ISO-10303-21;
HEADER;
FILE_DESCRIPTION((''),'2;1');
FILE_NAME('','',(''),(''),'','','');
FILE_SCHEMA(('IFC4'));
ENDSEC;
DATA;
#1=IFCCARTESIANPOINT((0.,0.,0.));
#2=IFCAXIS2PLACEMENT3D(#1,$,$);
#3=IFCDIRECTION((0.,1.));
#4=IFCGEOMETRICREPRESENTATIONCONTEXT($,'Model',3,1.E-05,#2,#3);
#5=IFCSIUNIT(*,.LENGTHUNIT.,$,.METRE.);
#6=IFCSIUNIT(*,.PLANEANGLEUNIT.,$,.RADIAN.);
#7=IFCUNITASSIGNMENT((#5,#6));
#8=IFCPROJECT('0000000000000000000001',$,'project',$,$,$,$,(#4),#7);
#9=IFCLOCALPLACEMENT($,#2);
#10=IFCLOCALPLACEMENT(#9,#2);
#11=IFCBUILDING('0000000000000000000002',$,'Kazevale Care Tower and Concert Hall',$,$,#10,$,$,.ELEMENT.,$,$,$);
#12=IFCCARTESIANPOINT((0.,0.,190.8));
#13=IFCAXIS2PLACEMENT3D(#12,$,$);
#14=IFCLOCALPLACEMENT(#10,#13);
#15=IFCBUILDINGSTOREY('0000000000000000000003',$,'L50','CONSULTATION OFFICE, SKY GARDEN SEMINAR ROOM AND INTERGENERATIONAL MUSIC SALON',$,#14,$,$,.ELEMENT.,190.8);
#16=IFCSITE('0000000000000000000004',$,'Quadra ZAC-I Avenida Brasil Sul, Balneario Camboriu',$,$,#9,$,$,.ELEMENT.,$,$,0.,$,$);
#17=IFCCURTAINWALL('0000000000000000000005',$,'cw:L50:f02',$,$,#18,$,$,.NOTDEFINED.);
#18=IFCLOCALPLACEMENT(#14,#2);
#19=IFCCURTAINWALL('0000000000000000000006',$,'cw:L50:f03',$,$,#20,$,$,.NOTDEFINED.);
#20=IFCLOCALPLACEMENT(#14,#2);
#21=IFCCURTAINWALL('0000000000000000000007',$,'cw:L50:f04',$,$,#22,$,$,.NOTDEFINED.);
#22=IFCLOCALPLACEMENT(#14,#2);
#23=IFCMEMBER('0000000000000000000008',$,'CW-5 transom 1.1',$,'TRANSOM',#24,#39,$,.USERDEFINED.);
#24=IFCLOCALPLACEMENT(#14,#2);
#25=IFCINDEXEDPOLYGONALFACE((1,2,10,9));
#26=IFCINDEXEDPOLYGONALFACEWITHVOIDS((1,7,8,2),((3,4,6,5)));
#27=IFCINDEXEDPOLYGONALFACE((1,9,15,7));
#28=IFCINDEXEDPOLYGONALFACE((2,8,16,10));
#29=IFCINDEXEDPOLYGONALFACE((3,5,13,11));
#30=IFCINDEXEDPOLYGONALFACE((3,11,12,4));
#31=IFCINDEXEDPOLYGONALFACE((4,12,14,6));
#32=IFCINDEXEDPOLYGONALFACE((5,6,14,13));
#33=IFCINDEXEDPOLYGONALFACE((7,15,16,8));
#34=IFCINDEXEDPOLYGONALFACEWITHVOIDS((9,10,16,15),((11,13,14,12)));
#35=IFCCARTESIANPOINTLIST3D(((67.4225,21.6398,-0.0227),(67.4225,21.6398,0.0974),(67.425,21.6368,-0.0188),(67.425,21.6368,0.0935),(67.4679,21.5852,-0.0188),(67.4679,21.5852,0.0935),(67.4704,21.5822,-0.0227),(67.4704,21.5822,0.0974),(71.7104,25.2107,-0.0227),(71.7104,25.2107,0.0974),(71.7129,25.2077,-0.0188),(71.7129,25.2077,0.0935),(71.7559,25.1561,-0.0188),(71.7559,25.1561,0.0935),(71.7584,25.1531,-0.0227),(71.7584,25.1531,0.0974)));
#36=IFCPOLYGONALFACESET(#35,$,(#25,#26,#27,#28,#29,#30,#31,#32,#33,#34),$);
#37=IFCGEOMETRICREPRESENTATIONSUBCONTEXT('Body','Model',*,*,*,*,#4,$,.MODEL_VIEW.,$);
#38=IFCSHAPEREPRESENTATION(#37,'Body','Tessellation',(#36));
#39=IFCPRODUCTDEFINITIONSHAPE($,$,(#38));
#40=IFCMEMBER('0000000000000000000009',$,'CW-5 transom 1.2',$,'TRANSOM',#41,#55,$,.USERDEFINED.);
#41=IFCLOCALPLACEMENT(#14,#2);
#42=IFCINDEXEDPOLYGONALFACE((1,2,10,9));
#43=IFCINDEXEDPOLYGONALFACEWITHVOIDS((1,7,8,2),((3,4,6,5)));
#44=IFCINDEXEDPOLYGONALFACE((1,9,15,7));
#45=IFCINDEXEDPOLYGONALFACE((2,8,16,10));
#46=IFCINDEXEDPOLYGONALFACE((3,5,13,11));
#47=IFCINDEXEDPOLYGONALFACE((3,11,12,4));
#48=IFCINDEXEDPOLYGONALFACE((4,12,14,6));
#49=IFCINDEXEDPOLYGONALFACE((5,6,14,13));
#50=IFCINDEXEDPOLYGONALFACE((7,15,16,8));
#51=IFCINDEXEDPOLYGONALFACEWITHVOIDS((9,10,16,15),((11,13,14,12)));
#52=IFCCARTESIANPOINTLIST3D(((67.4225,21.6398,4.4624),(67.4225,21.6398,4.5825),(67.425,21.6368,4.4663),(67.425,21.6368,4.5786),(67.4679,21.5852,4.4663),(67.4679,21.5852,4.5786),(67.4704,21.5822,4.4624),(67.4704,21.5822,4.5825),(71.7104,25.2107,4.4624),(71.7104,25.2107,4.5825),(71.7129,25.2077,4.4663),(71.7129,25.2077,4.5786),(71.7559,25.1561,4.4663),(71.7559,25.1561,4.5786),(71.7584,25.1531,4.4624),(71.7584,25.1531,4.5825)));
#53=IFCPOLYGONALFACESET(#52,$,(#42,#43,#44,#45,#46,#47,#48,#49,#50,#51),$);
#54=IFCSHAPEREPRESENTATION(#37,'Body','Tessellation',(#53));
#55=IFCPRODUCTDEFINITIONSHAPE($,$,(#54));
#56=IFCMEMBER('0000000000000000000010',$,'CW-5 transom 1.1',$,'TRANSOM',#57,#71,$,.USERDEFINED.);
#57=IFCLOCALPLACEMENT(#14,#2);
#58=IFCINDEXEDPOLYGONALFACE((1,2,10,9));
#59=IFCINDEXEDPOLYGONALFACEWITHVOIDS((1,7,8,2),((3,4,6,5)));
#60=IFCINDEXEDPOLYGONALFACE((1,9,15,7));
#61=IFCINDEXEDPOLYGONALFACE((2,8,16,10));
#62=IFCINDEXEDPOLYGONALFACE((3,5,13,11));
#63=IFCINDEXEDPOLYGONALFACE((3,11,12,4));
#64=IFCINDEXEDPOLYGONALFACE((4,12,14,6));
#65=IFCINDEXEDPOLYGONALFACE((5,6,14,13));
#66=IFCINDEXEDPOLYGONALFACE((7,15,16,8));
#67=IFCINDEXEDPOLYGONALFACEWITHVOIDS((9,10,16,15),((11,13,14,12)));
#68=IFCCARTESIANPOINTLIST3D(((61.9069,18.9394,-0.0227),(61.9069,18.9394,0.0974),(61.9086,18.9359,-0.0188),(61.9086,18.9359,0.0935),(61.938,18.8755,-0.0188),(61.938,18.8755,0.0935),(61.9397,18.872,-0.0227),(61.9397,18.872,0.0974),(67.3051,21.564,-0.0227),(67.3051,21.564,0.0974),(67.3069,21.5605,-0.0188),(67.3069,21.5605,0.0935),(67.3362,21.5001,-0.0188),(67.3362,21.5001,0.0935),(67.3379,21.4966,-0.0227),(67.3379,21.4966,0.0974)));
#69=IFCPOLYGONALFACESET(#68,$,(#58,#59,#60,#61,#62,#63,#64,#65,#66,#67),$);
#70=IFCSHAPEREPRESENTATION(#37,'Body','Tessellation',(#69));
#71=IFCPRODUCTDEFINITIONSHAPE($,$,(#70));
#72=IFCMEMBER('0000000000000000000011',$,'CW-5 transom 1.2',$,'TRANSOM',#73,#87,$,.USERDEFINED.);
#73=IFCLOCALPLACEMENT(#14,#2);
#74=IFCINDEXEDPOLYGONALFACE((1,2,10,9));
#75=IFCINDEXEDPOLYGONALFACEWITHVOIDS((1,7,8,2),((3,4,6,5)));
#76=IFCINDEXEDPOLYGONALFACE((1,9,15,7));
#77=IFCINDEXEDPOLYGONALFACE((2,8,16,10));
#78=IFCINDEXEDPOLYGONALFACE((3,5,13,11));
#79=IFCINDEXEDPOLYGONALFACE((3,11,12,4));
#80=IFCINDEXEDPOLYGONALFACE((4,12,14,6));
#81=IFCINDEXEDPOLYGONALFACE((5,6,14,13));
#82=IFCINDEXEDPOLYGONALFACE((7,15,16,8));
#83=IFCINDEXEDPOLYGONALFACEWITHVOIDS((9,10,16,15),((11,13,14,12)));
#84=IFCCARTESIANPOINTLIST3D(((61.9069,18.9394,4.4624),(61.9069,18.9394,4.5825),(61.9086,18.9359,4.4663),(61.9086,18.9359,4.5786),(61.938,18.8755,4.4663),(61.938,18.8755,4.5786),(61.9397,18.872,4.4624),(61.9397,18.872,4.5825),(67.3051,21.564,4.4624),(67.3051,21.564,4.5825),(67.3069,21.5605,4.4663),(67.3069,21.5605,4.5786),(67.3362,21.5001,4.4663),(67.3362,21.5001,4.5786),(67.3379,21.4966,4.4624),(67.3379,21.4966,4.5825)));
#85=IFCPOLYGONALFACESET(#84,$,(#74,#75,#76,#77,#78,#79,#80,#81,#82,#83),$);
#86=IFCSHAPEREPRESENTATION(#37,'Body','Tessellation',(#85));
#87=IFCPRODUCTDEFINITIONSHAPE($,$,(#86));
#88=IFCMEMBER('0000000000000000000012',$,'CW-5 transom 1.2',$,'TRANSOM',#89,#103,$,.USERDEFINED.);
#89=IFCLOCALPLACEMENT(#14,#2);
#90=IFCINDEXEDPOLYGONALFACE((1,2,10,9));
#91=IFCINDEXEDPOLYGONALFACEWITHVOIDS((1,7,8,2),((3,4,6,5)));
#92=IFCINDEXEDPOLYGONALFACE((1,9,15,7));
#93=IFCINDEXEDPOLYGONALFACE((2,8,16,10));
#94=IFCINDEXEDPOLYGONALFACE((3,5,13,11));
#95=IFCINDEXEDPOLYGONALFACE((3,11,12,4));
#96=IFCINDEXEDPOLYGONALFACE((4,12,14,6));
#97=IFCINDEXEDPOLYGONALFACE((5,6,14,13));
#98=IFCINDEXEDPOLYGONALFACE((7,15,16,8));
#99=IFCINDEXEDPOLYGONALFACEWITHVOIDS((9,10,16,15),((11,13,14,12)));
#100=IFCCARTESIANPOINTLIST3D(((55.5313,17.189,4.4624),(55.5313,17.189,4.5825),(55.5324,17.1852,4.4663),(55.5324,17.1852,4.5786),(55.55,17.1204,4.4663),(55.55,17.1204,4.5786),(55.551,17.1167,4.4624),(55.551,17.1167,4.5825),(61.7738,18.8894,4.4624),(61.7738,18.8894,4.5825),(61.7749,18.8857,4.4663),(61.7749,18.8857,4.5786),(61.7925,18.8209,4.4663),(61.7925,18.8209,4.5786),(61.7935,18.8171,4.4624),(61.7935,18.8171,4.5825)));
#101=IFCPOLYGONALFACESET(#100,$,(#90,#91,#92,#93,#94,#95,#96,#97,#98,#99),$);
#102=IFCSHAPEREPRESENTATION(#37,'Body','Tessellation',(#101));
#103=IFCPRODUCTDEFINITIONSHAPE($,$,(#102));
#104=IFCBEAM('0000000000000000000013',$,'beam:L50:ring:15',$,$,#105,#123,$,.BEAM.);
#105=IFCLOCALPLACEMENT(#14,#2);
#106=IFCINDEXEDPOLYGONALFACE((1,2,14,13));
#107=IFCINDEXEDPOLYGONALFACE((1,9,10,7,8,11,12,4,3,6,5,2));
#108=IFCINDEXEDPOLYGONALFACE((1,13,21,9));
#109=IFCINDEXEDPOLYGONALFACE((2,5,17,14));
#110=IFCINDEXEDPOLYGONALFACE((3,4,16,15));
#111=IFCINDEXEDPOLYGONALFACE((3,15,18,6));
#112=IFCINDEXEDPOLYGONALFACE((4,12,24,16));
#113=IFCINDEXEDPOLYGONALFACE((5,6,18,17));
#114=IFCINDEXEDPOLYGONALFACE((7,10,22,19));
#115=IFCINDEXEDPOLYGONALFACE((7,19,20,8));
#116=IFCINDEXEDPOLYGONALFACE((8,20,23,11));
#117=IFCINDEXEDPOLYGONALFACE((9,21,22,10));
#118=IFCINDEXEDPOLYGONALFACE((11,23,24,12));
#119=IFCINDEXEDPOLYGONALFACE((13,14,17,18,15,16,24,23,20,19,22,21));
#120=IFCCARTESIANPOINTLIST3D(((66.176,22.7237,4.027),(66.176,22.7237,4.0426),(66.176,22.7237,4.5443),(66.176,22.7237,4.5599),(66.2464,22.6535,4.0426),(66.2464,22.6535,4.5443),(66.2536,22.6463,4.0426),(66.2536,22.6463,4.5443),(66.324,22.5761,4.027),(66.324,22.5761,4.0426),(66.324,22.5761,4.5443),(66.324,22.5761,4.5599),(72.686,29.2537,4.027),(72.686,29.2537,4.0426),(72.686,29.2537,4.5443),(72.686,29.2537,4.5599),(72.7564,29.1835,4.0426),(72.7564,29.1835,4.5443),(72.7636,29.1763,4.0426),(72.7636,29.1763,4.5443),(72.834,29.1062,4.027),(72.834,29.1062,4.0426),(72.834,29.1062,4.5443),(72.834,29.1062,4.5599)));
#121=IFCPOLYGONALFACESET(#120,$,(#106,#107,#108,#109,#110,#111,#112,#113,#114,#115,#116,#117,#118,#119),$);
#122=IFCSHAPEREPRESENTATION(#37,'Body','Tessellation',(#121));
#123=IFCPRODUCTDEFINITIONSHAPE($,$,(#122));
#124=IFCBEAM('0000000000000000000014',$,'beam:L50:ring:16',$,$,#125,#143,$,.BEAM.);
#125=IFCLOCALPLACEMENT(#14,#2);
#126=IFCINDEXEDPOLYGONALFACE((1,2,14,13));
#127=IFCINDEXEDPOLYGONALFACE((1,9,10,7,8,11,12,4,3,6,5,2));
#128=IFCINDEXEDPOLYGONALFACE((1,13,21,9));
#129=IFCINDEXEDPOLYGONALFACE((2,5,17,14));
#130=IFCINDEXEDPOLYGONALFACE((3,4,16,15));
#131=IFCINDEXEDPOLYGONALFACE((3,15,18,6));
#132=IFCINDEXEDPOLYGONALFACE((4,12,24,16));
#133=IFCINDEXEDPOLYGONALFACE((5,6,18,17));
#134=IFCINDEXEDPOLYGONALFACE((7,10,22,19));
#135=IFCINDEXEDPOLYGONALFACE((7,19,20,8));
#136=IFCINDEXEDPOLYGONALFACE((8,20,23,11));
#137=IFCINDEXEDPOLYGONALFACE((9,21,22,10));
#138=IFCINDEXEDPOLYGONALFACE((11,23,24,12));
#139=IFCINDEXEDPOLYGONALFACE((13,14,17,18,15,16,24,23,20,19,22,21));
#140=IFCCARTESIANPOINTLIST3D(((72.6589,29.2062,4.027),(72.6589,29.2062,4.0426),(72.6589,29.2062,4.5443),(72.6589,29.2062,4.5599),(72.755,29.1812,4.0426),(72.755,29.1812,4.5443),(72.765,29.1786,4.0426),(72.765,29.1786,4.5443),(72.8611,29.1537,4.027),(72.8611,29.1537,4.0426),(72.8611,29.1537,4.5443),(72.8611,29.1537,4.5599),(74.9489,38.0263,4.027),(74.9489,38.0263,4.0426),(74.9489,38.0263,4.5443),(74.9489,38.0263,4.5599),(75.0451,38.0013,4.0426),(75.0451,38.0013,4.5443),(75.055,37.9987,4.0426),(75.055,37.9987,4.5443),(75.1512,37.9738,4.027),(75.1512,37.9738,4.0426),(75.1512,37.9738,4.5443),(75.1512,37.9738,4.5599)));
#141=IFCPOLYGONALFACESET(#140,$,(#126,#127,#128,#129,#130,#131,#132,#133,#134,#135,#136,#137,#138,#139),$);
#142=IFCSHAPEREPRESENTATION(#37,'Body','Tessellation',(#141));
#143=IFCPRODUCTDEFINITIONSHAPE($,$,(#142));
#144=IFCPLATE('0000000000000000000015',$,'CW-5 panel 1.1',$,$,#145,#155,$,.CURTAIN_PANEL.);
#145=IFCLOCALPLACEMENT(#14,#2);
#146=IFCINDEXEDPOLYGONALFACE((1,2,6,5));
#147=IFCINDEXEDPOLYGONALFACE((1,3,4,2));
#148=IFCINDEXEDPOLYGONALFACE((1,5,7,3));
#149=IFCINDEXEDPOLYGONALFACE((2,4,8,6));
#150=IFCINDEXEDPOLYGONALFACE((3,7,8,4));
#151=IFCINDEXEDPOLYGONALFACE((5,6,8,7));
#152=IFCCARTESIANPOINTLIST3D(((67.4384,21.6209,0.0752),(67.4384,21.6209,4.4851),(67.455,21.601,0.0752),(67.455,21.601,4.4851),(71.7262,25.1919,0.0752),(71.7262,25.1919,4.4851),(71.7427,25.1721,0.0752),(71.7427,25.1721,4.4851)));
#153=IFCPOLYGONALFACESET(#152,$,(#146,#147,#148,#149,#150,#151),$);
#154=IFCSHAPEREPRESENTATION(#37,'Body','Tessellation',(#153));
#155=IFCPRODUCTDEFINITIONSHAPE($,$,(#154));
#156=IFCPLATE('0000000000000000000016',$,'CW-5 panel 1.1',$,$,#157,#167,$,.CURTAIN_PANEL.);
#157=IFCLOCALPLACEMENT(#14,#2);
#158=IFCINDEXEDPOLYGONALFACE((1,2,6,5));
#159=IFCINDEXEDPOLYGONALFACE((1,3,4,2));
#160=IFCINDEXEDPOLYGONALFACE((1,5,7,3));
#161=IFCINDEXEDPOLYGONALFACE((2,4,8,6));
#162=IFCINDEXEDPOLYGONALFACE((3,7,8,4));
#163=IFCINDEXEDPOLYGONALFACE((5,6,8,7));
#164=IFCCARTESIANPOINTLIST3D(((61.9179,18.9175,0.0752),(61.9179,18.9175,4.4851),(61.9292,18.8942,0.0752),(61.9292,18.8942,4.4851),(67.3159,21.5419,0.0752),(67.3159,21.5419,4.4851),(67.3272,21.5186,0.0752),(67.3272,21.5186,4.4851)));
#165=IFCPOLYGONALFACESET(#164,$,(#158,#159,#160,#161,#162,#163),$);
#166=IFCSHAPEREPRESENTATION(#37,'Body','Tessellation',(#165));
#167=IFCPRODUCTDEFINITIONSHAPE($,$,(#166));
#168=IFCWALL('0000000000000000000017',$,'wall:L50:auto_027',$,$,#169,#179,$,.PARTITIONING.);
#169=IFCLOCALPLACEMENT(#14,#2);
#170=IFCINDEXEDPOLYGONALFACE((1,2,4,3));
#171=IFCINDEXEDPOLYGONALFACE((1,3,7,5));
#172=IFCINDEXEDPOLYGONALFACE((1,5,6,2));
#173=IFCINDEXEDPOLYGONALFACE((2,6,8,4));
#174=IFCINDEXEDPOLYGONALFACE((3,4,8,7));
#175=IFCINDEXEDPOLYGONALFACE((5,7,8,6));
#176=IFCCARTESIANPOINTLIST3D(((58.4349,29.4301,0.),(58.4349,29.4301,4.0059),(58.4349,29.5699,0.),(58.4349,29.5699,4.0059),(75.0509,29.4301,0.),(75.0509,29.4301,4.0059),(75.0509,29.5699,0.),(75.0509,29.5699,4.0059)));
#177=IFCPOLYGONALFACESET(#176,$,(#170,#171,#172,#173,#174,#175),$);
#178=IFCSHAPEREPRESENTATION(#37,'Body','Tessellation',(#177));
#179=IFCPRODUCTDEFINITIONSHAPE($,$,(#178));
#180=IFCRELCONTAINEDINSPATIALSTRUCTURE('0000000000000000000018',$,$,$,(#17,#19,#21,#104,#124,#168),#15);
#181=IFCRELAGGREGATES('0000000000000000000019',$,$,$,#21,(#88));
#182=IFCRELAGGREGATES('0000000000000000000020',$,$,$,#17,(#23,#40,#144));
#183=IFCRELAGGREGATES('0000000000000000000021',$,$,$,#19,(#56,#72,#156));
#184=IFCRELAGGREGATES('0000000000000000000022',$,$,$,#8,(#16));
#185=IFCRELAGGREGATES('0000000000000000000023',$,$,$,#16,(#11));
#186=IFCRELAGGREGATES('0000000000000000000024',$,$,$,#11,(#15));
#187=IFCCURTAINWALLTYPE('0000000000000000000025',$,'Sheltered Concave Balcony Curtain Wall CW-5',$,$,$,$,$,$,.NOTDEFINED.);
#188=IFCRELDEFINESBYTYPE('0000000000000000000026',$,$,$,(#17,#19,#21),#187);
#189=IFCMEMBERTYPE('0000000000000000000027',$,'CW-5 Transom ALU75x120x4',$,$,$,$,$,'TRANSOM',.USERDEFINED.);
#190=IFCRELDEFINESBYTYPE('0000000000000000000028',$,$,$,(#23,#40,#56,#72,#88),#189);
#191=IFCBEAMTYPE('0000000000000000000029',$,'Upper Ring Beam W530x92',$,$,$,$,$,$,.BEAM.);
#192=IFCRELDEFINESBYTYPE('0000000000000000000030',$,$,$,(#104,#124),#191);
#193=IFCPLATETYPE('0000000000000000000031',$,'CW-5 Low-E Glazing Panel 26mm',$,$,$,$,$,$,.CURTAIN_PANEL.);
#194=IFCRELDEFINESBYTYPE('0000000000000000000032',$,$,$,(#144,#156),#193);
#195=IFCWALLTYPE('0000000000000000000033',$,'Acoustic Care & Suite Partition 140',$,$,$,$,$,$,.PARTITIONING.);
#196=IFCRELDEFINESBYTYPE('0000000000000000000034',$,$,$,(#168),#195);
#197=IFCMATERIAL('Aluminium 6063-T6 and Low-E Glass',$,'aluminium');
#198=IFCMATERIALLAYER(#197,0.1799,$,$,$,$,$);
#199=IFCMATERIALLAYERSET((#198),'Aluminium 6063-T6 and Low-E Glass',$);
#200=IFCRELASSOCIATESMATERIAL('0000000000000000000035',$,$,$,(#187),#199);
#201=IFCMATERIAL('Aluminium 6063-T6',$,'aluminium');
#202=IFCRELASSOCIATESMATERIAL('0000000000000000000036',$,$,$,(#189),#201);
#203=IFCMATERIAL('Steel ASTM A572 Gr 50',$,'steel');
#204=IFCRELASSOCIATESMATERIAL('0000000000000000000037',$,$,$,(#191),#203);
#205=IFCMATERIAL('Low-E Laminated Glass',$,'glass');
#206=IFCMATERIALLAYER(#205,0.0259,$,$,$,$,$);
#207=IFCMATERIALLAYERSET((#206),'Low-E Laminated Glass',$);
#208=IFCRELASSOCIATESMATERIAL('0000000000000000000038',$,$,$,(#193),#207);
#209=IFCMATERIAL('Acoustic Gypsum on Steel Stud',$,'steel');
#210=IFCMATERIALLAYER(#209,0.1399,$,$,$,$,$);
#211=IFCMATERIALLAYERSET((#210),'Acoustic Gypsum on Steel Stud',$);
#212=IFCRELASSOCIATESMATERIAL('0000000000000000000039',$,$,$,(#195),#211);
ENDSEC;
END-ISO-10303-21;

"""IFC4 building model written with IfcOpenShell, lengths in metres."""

from ifc_helpers import new_model, si_unit, direction, frame, frame_2d, origin, origin_2d, place, context, subcontext, project, spatial, rectangle, hollow_rectangle, i_section, extrude, material, layer, layer_set, material_profile, profile_set, type_object, element, aggregate, save


model = new_model("IFC4")

# Units and contexts
model_context = context("Model", 3, precision=1e-05, world=origin(), true_north=direction((0.0, 1.0)))
body_context = subcontext(model_context, "Body", "Model", "MODEL_VIEW")
ifc_project = project(units=[si_unit("LENGTHUNIT", "METRE"), si_unit("PLANEANGLEUNIT", "RADIAN")], contexts=[model_context])

# Site, building, storey
site_placement = place(None, origin())
site = spatial("IfcSite", under=ifc_project, at=site_placement, Name="Quadra ZAC-I Avenida Brasil Sul, Balneario Camboriu", CompositionType="ELEMENT", RefElevation=0.0)
building_placement = place(site_placement, origin())
building = spatial("IfcBuilding", under=site, at=building_placement, Name="Kazevale Care Tower and Concert Hall", CompositionType="ELEMENT")
storey_placement = place(building_placement, frame((0.0, 0.0, 190.8)))
storey = spatial("IfcBuildingStorey", under=building, at=storey_placement, Name="L50", Description="CONSULTATION OFFICE, SKY GARDEN SEMINAR ROOM AND INTERGENERATIONAL MUSIC SALON", CompositionType="ELEMENT", Elevation=190.8)

# Curtain walls
ifc_material_1 = material(Name="Aluminium 6063-T6 and Low-E Glass", Category="aluminium")
ifc_layer_1 = layer(ifc_material_1, 0.1799)
ifc_layer_set_1 = layer_set([ifc_layer_1], Name="Aluminium 6063-T6 and Low-E Glass")
curtain_wall_type = type_object("IfcCurtainWallType", Name="Sheltered Concave Balcony Curtain Wall CW-5", PredefinedType="NOTDEFINED", material=ifc_layer_set_1)
curtain_wall_1_placement = place(storey_placement, origin())
curtain_wall_1 = element("IfcCurtainWall", 1, at=curtain_wall_1_placement, inside=storey, type_object=curtain_wall_type, Name="cw:L50:f02", PredefinedType="NOTDEFINED")
ifc_material_2 = material(Name="Aluminium 6063-T6", Category="aluminium")
curtain_wall_2_placement = place(storey_placement, origin())
curtain_wall_2 = element("IfcCurtainWall", 2, at=curtain_wall_2_placement, inside=storey, type_object=curtain_wall_type, Name="cw:L50:f03", PredefinedType="NOTDEFINED")

# Curtain wall
curtain_wall_3_placement = place(storey_placement, origin())
curtain_wall_3 = element("IfcCurtainWall", 3, at=curtain_wall_3_placement, inside=storey, type_object=curtain_wall_type, Name="cw:L50:f04", PredefinedType="NOTDEFINED")

# Members
ifc_material_profile_1 = material_profile(ifc_material_2, hollow_rectangle(XDim=0.075, YDim=0.1201, WallThickness=0.0039, at=origin_2d()), Name="ALU75x120x4")
ifc_profile_set_1 = profile_set([ifc_material_profile_1], Name="Aluminium 6063-T6")
member_type_1 = type_object("IfcMemberType", Name="CW-5 Transom ALU75x120x4", ElementType="TRANSOM", PredefinedType="USERDEFINED", material=ifc_profile_set_1)
member_1_placement = place(storey_placement, frame((71.7344, 25.1819, 0.0374), z_axis=(-0.768433, -0.63993, 0.0), x_axis=(0.63993, -0.768433, 0.0)))
member_1 = element("IfcMember", 4, at=member_1_placement, type_object=member_type_1, Name="CW-5 transom 1.1", ObjectType="TRANSOM", PredefinedType="USERDEFINED", context=body_context, shape_type="SweptSolid", body=[
    extrude(hollow_rectangle(XDim=0.075, YDim=0.1201, WallThickness=0.0039, at=origin_2d()), origin(), (0.0, 0.0, 1.0), 5.5801),
])
member_2_placement = place(storey_placement, frame((71.7344, 25.1819, 4.5225), z_axis=(-0.768433, -0.63993, 0.0), x_axis=(0.63993, -0.768433, 0.0)))
member_2 = element("IfcMember", 5, at=member_2_placement, type_object=member_type_1, Name="CW-5 transom 1.2", ObjectType="TRANSOM", PredefinedType="USERDEFINED", context=body_context, shape_type="SweptSolid", body=[
    extrude(hollow_rectangle(XDim=0.075, YDim=0.1201, WallThickness=0.0039, at=origin_2d()), origin(), (0.0, 0.0, 1.0), 5.5801),
])
member_3_placement = place(storey_placement, frame((67.3215, 21.5303, 0.0374), z_axis=(-0.899342, -0.437245, 0.0), x_axis=(0.437245, -0.899342, 0.0)))
member_3 = element("IfcMember", 6, at=member_3_placement, type_object=member_type_1, Name="CW-5 transom 1.1", ObjectType="TRANSOM", PredefinedType="USERDEFINED", context=body_context, shape_type="SweptSolid", body=[
    extrude(hollow_rectangle(XDim=0.075, YDim=0.1201, WallThickness=0.0039, at=origin_2d()), origin(), (0.0, 0.0, 1.0), 6.0024),
])
member_4_placement = place(storey_placement, frame((67.3215, 21.5303, 4.5225), z_axis=(-0.899342, -0.437245, 0.0), x_axis=(0.437245, -0.899342, 0.0)))
member_4 = element("IfcMember", 7, at=member_4_placement, type_object=member_type_1, Name="CW-5 transom 1.2", ObjectType="TRANSOM", PredefinedType="USERDEFINED", context=body_context, shape_type="SweptSolid", body=[
    extrude(hollow_rectangle(XDim=0.075, YDim=0.1201, WallThickness=0.0039, at=origin_2d()), origin(), (0.0, 0.0, 1.0), 6.0024),
])
member_5_placement = place(storey_placement, frame((61.7837, 18.8533, 4.5225), z_axis=(-0.964844, -0.262824, 0.0), x_axis=(0.262824, -0.964844, 0.0)))
member_5 = element("IfcMember", 8, at=member_5_placement, type_object=member_type_1, Name="CW-5 transom 1.2", ObjectType="TRANSOM", PredefinedType="USERDEFINED", context=body_context, shape_type="SweptSolid", body=[
    extrude(hollow_rectangle(XDim=0.075, YDim=0.1201, WallThickness=0.0039, at=origin_2d()), origin(), (0.0, 0.0, 1.0), 6.47),
])
aggregate(curtain_wall_3, [member_5])

# Beams
ifc_material_3 = material(Name="Steel ASTM A572 Gr 50", Category="steel")
ifc_material_profile_2 = material_profile(ifc_material_3, i_section(OverallWidth=0.209, OverallDepth=0.533, WebThickness=0.0103, FlangeThickness=0.0156, at=origin_2d()), Name="W530x92")
ifc_profile_set_2 = profile_set([ifc_material_profile_2], Name="Steel ASTM A572 Gr 50")
beam_type = type_object("IfcBeamType", Name="Upper Ring Beam W530x92", PredefinedType="BEAM", material=ifc_profile_set_2)
beam_1_placement = place(storey_placement, frame((66.25, 22.6499, 4.2935), z_axis=(0.70602, 0.708192, 0.0), x_axis=(-0.708192, 0.70602, 0.0)))
element("IfcBeam", 9, at=beam_1_placement, inside=storey, type_object=beam_type, Name="beam:L50:ring:15", PredefinedType="BEAM", context=body_context, shape_type="SweptSolid", body=[
    extrude(i_section(OverallWidth=0.209, OverallDepth=0.533, WebThickness=0.0103, FlangeThickness=0.0156, at=origin_2d()), origin(), (0.0, 0.0, 1.0), 9.2207),
])
beam_2_placement = place(storey_placement, frame((72.76, 29.1799, 4.2935), z_axis=(0.251307, 0.967907, 0.0), x_axis=(-0.967907, 0.251307, 0.0)))
element("IfcBeam", 10, at=beam_2_placement, inside=storey, type_object=beam_type, Name="beam:L50:ring:16", PredefinedType="BEAM", context=body_context, shape_type="SweptSolid", body=[
    extrude(i_section(OverallWidth=0.209, OverallDepth=0.533, WebThickness=0.0103, FlangeThickness=0.0156, at=origin_2d()), origin(), (0.0, 0.0, 1.0), 9.1125),
])

# Plates
ifc_material_4 = material(Name="Low-E Laminated Glass", Category="glass")
ifc_layer_2 = layer(ifc_material_4, 0.0259)
ifc_layer_set_2 = layer_set([ifc_layer_2], Name="Low-E Laminated Glass")
plate_type = type_object("IfcPlateType", Name="CW-5 Low-E Glazing Panel 26mm", PredefinedType="CURTAIN_PANEL", material=ifc_layer_set_2)
plate_1_placement = place(storey_placement, frame((69.5906, 23.3965, 0.0752), z_axis=(0.0, 0.0, 1.0), x_axis=(-0.768407, -0.639961, 0.0)))
plate_1 = element("IfcPlate", 11, at=plate_1_placement, type_object=plate_type, Name="CW-5 panel 1.1", PredefinedType="CURTAIN_PANEL", context=body_context, shape_type="SweptSolid", body=[
    extrude(rectangle(XDim=5.5801, YDim=0.0259, at=origin_2d()), origin(), (0.0, 0.0, 1.0), 4.4099),
])
aggregate(curtain_wall_1, [member_1, member_2, plate_1])
plate_2_placement = place(storey_placement, frame((64.6226, 20.218, 0.0752), z_axis=(0.0, 0.0, 1.0), x_axis=(-0.899346, -0.437238, 0.0)))
plate_2 = element("IfcPlate", 12, at=plate_2_placement, type_object=plate_type, Name="CW-5 panel 1.1", PredefinedType="CURTAIN_PANEL", context=body_context, shape_type="SweptSolid", body=[
    extrude(rectangle(XDim=6.0022, YDim=0.0259, at=origin_2d()), origin(), (0.0, 0.0, 1.0), 4.4099),
])
aggregate(curtain_wall_2, [member_3, member_4, plate_2])

# Wall
ifc_material_5 = material(Name="Acoustic Gypsum on Steel Stud", Category="steel")
ifc_layer_3 = layer(ifc_material_5, 0.1399)
ifc_layer_set_3 = layer_set([ifc_layer_3], Name="Acoustic Gypsum on Steel Stud")
wall_type = type_object("IfcWallType", Name="Acoustic Care & Suite Partition 140", PredefinedType="PARTITIONING", material=ifc_layer_set_3)
wall_placement = place(storey_placement, frame((75.051, 29.5, 0.0), z_axis=(0.0, 0.0, 1.0), x_axis=(-1.0, 0.0, 0.0)))
element("IfcWall", 13, at=wall_placement, inside=storey, type_object=wall_type, Name="wall:L50:auto_027", PredefinedType="PARTITIONING", context=body_context, shape_type="SweptSolid", body=[
    extrude(rectangle(XDim=16.616, YDim=0.1399, at=frame_2d((8.3081, 0.0))), origin(), (0.0, 0.0, 1.0), 4.0059),
])

save(model, "model.ifc")
